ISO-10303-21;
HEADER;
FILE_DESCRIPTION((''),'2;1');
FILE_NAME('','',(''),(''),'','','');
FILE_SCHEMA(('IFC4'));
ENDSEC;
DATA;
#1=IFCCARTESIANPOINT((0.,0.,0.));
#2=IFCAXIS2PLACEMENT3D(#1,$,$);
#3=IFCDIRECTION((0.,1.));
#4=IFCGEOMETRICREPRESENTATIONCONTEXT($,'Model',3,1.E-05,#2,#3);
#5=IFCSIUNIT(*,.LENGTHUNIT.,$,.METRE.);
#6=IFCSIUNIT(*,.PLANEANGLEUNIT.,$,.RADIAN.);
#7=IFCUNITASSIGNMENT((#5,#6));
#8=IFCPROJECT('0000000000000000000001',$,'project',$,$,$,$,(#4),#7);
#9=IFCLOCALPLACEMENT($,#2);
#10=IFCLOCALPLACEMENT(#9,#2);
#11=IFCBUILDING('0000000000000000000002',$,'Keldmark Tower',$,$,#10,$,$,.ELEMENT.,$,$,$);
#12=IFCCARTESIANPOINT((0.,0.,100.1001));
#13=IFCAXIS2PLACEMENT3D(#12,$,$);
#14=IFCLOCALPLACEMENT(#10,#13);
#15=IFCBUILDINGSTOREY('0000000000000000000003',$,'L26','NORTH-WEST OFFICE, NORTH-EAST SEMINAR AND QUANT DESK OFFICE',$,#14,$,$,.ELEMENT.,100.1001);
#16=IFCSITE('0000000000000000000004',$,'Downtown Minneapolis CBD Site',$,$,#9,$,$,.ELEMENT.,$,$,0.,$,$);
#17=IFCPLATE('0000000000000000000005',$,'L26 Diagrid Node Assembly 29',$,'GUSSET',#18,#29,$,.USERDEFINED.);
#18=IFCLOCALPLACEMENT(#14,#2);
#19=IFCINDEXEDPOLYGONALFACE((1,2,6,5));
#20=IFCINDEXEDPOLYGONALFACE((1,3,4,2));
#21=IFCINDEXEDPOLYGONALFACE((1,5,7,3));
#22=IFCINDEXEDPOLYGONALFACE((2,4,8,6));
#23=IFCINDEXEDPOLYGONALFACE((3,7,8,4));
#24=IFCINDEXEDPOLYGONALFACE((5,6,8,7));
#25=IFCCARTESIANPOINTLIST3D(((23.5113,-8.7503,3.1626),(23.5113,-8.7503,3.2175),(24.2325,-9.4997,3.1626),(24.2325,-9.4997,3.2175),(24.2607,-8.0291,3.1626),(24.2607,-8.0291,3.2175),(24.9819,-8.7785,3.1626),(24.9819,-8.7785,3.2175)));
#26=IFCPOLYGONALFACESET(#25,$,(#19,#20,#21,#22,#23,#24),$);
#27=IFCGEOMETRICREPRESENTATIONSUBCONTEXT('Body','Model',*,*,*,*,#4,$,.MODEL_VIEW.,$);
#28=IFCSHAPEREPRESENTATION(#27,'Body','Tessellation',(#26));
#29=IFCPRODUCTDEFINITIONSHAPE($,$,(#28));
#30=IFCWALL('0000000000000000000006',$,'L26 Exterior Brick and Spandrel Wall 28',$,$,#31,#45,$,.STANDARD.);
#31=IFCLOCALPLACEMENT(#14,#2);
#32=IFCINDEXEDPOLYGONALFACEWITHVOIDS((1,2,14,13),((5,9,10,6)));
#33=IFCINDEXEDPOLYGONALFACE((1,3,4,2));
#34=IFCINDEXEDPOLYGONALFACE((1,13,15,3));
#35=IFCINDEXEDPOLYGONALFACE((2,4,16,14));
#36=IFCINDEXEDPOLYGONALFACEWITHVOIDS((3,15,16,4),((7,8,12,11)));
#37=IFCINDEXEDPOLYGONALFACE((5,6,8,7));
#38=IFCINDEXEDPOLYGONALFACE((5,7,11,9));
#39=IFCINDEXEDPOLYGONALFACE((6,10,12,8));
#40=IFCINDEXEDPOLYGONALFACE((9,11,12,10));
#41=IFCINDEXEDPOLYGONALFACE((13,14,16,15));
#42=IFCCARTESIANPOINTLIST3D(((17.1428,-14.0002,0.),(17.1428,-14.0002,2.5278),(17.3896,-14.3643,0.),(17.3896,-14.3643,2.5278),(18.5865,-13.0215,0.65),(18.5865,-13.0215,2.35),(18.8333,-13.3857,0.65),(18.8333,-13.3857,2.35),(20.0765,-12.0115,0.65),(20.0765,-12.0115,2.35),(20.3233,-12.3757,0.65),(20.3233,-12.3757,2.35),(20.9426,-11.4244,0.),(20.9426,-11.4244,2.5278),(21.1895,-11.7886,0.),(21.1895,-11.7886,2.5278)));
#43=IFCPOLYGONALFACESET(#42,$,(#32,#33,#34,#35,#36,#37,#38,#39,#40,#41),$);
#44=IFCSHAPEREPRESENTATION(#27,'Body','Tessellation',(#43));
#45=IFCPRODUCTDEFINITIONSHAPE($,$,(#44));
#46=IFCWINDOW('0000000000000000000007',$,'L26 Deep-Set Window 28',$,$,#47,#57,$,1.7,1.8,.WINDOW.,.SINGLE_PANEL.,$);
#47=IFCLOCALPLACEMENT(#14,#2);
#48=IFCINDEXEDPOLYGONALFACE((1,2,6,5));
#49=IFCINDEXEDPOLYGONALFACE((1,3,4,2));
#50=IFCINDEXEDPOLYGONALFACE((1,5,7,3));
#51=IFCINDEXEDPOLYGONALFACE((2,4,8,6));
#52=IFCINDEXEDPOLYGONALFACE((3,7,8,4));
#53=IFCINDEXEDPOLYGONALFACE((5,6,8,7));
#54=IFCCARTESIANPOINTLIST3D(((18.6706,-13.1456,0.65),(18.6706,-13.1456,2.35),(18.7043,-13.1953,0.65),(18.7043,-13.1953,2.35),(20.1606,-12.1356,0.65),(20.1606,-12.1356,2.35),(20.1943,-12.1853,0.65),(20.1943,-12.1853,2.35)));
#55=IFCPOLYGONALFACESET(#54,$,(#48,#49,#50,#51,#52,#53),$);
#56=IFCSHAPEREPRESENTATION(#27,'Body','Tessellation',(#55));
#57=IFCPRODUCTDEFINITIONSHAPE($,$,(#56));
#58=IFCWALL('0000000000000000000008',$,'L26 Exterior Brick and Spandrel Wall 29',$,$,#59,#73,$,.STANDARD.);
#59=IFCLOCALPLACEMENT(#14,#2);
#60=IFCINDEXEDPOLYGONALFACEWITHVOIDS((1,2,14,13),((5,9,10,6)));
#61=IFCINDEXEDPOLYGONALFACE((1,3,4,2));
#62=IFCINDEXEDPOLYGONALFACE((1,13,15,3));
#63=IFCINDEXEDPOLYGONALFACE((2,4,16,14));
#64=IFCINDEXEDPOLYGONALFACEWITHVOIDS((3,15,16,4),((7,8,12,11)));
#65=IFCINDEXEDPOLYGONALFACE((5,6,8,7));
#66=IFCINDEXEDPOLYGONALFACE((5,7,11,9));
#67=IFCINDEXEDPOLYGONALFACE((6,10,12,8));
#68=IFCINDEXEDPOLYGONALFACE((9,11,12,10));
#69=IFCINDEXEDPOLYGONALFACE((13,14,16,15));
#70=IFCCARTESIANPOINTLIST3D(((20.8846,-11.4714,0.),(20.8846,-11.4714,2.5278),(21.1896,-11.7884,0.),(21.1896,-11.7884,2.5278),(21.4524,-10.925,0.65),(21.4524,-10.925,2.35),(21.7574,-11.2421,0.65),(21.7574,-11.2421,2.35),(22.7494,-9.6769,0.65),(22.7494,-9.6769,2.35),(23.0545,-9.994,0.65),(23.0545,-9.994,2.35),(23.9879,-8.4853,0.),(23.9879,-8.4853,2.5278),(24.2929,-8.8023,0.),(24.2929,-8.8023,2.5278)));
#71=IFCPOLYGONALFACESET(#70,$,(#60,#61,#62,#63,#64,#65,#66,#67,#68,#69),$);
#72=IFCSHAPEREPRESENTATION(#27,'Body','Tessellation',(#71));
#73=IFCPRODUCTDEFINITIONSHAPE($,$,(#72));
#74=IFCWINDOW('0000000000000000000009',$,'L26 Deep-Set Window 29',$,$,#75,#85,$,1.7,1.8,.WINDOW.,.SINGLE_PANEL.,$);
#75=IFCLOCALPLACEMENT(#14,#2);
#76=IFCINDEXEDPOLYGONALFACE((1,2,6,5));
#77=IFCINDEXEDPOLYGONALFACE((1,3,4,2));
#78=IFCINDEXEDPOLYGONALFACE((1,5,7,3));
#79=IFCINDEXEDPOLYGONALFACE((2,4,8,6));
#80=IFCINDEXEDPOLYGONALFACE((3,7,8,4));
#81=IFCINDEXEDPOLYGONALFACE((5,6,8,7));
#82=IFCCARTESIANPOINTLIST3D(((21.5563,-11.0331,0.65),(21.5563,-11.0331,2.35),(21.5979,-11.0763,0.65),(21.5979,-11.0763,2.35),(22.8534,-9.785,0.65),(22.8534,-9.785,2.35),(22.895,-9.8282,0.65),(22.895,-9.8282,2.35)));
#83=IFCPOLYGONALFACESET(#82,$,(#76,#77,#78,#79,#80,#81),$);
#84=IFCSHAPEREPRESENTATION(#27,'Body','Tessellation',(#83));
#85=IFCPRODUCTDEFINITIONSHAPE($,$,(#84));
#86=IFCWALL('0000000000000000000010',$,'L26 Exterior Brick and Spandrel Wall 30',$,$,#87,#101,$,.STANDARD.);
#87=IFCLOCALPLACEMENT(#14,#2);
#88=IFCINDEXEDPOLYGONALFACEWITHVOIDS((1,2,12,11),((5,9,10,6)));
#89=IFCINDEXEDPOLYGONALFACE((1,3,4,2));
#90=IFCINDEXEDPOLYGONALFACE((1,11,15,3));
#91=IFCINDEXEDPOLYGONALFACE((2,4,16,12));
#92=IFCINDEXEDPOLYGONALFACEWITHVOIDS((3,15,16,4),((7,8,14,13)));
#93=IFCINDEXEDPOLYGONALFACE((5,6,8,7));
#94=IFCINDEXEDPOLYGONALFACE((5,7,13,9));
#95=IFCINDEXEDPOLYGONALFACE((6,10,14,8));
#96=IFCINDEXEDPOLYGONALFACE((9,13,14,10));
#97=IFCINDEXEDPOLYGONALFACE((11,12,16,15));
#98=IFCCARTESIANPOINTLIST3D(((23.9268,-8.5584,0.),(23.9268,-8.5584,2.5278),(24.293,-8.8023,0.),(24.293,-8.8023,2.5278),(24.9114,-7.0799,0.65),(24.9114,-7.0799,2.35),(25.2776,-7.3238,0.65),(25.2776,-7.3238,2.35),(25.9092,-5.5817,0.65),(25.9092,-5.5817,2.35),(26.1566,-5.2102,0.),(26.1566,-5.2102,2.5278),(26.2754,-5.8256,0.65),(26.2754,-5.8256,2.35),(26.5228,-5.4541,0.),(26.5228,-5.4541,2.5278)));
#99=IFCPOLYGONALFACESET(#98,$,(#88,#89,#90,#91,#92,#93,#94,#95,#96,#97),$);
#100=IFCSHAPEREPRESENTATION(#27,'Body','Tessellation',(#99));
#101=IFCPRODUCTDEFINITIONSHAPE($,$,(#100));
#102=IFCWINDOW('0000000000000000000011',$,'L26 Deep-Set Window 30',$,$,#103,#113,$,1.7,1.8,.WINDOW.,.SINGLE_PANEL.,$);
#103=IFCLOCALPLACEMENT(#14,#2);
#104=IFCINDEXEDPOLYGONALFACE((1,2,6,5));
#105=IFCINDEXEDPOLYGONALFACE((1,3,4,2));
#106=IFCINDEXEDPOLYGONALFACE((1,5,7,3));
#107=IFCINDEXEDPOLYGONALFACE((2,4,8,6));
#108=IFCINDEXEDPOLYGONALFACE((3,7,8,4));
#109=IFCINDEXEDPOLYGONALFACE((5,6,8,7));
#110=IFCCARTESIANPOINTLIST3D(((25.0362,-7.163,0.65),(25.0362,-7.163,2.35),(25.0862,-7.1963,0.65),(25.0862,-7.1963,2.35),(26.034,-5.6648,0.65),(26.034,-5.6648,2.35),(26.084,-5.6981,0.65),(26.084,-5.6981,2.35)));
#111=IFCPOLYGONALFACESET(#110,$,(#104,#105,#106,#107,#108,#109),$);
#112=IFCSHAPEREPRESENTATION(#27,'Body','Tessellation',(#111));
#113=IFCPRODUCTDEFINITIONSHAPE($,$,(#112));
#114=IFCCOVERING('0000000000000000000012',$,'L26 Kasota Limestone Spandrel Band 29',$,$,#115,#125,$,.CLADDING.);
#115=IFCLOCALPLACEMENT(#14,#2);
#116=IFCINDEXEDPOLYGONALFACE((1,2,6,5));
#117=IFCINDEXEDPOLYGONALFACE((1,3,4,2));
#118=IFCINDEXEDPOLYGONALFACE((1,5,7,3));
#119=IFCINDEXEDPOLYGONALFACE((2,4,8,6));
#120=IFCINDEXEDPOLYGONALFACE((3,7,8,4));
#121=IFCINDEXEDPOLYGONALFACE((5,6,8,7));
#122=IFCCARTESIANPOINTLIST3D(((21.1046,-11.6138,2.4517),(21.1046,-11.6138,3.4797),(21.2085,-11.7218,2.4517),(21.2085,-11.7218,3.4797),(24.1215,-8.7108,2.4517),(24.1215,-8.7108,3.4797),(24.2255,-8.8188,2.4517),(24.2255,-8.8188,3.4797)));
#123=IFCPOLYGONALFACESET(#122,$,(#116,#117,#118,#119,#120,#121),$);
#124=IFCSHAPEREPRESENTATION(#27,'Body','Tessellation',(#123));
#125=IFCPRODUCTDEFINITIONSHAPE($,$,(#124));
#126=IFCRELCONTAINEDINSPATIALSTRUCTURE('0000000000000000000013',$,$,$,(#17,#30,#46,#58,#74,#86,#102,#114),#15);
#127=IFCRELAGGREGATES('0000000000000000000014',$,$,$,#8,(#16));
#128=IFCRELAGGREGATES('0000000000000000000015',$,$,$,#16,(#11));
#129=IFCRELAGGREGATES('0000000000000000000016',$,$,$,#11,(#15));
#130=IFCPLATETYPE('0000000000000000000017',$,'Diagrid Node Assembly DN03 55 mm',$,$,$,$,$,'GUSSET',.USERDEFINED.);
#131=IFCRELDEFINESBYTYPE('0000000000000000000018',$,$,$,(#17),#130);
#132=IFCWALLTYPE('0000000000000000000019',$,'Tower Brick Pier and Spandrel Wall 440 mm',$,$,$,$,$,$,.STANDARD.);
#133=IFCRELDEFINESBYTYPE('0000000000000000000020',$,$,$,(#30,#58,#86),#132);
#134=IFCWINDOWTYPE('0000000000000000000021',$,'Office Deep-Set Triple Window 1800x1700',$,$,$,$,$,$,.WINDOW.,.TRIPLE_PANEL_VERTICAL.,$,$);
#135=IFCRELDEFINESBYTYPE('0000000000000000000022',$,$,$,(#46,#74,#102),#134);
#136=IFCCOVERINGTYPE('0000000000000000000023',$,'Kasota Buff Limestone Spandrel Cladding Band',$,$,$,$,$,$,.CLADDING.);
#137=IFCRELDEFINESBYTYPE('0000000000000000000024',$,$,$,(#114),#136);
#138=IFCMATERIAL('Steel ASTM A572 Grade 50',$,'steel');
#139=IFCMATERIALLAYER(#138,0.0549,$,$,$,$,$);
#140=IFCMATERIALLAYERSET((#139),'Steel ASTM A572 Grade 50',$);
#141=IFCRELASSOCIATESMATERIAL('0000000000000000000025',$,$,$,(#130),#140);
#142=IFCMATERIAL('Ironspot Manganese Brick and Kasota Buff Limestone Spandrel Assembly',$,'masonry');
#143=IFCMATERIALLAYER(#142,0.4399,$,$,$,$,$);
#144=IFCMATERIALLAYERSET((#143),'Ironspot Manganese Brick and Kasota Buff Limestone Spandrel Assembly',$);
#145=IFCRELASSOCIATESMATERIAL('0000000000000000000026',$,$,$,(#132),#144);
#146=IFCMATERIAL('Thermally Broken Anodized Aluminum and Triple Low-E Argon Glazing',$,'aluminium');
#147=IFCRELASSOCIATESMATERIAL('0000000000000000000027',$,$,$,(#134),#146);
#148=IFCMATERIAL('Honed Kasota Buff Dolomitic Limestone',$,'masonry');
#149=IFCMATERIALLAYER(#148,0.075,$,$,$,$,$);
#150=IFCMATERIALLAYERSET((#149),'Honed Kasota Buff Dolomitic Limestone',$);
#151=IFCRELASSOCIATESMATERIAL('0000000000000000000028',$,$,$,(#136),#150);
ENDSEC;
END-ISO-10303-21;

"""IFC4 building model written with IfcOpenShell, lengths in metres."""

from ifc_helpers import new_model, si_unit, direction, frame, frame_2d, origin, origin_2d, place, context, subcontext, project, spatial, rectangle, extrude, material, layer, layer_set, type_object, element, fill, save


model = new_model("IFC4")

# Units and contexts
model_context = context("Model", 3, precision=1e-05, world=origin(), true_north=direction((0.0, 1.0)))
body_context = subcontext(model_context, "Body", "Model", "MODEL_VIEW")
ifc_project = project(units=[si_unit("LENGTHUNIT", "METRE"), si_unit("PLANEANGLEUNIT", "RADIAN")], contexts=[model_context])

# Site, building, storey
site_placement = place(None, origin())
site = spatial("IfcSite", under=ifc_project, at=site_placement, Name="Downtown Minneapolis CBD Site", CompositionType="ELEMENT", RefElevation=0.0)
building_placement = place(site_placement, origin())
building = spatial("IfcBuilding", under=site, at=building_placement, Name="Keldmark Tower", CompositionType="ELEMENT")
storey_placement = place(building_placement, frame((0.0, 0.0, 100.1001)))
storey = spatial("IfcBuildingStorey", under=building, at=storey_placement, Name="L26", Description="NORTH-WEST OFFICE, NORTH-EAST SEMINAR AND QUANT DESK OFFICE", CompositionType="ELEMENT", Elevation=100.1001)

# Plate
ifc_material_1 = material(Name="Steel ASTM A572 Grade 50", Category="steel")
ifc_layer_1 = layer(ifc_material_1, 0.0549)
ifc_layer_set_1 = layer_set([ifc_layer_1], Name="Steel ASTM A572 Grade 50")
plate_type = type_object("IfcPlateType", Name="Diagrid Node Assembly DN03 55 mm", ElementType="GUSSET", PredefinedType="USERDEFINED", material=ifc_layer_set_1)
plate_placement = place(storey_placement, frame((24.2466, -8.7644, 3.1626), z_axis=(0.0, 0.0, 1.0), x_axis=(0.720551, 0.693402, 0.0)))
element("IfcPlate", 1, at=plate_placement, inside=storey, type_object=plate_type, Name="L26 Diagrid Node Assembly 29", ObjectType="GUSSET", PredefinedType="USERDEFINED", context=body_context, shape_type="SweptSolid", body=[
    extrude(rectangle(XDim=1.04, YDim=1.04, at=origin_2d()), origin(), (0.0, 0.0, 1.0), 0.0549),
])

# Walls, openings, windows
ifc_material_2 = material(Name="Ironspot Manganese Brick and Kasota Buff Limestone Spandrel Assembly", Category="masonry")
ifc_layer_2 = layer(ifc_material_2, 0.4399)
ifc_layer_set_2 = layer_set([ifc_layer_2], Name="Ironspot Manganese Brick and Kasota Buff Limestone Spandrel Assembly")
wall_type = type_object("IfcWallType", Name="Tower Brick Pier and Spandrel Wall 440 mm", PredefinedType="STANDARD", material=ifc_layer_set_2)
wall_1_placement = place(storey_placement, frame((21.0662, -11.6064, 0.0), z_axis=(0.0, 0.0, 1.0), x_axis=(-0.827755, -0.56109, 0.0)))
wall_1 = element("IfcWall", 2, at=wall_1_placement, inside=storey, type_object=wall_type, Name="L26 Exterior Brick and Spandrel Wall 28", PredefinedType="STANDARD", context=body_context, shape_type="SweptSolid", body=[
    extrude(rectangle(XDim=4.5906, YDim=0.4399, at=frame_2d((2.2954, 0.0))), origin(), (0.0, 0.0, 1.0), 2.5278),
])
opening_1_placement = place(wall_1_placement, frame((1.0466, 0.0, 0.6499)))
opening_1 = element("IfcOpeningElement", 3, at=opening_1_placement, cuts=wall_1, PredefinedType="OPENING", context=body_context, shape_type="SweptSolid", body=[
    extrude(rectangle(XDim=1.8, YDim=1.7, at=frame_2d((0.8999, 0.8501))), frame((0.0, 0.23, 0.0), z_axis=(0.0, -1.0, 0.0), x_axis=(1.0, 0.0, 0.0)), (0.0, 0.0, 1.0), 0.46),
])
ifc_material_3 = material(Name="Thermally Broken Anodized Aluminum and Triple Low-E Argon Glazing", Category="aluminium")
window_type = type_object("IfcWindowType", Name="Office Deep-Set Triple Window 1800x1700", PartitioningType="TRIPLE_PANEL_VERTICAL", PredefinedType="WINDOW", material=ifc_material_3)
window_1_placement = place(opening_1_placement, origin())
window_1 = element("IfcWindow", 4, at=window_1_placement, inside=storey, type_object=window_type, Name="L26 Deep-Set Window 28", OverallHeight=1.7, OverallWidth=1.8, PartitioningType="SINGLE_PANEL", PredefinedType="WINDOW", context=body_context, shape_type="SweptSolid", body=[
    extrude(rectangle(XDim=1.8, YDim=1.7, at=frame_2d((0.8999, 0.8501))), frame((0.0, -0.01, 0.0), z_axis=(0.0, -1.0, 0.0), x_axis=(1.0, 0.0, 0.0)), (0.0, 0.0, 1.0), 0.0601),
])
fill(opening_1, window_1)
wall_2_placement = place(storey_placement, frame((24.1404, -8.6438, 0.0), z_axis=(0.0, 0.0, 1.0), x_axis=(-0.720581, -0.69337, 0.0)))
wall_2 = element("IfcWall", 5, at=wall_2_placement, inside=storey, type_object=wall_type, Name="L26 Exterior Brick and Spandrel Wall 29", PredefinedType="STANDARD", context=body_context, shape_type="SweptSolid", body=[
    extrude(rectangle(XDim=4.3066, YDim=0.4399, at=frame_2d((2.1533, 0.0))), origin(), (0.0, 0.0, 1.0), 2.5278),
])
opening_2_placement = place(wall_2_placement, frame((1.7188, 0.0, 0.6499)))
opening_2 = element("IfcOpeningElement", 6, at=opening_2_placement, cuts=wall_2, PredefinedType="OPENING", context=body_context, shape_type="SweptSolid", body=[
    extrude(rectangle(XDim=1.8, YDim=1.7, at=frame_2d((0.8999, 0.8501))), frame((0.0, 0.23, 0.0), z_axis=(0.0, -1.0, 0.0), x_axis=(1.0, 0.0, 0.0)), (0.0, 0.0, 1.0), 0.46),
])
window_2_placement = place(opening_2_placement, origin())
window_2 = element("IfcWindow", 7, at=window_2_placement, inside=storey, type_object=window_type, Name="L26 Deep-Set Window 29", OverallHeight=1.7, OverallWidth=1.8, PartitioningType="SINGLE_PANEL", PredefinedType="WINDOW", context=body_context, shape_type="SweptSolid", body=[
    extrude(rectangle(XDim=1.8, YDim=1.7, at=frame_2d((0.8999, 0.8501))), frame((0.0, -0.01, 0.0), z_axis=(0.0, -1.0, 0.0), x_axis=(1.0, 0.0, 0.0)), (0.0, 0.0, 1.0), 0.0601),
])
fill(opening_2, window_2)
wall_3_placement = place(storey_placement, frame((26.3396, -5.3323, 0.0), z_axis=(0.0, 0.0, 1.0), x_axis=(-0.554294, -0.832321, 0.0)))
wall_3 = element("IfcWall", 8, at=wall_3_placement, inside=storey, type_object=wall_type, Name="L26 Exterior Brick and Spandrel Wall 30", PredefinedType="STANDARD", context=body_context, shape_type="SweptSolid", body=[
    extrude(rectangle(XDim=4.0227, YDim=0.4399, at=frame_2d((2.0112, 0.0))), origin(), (0.0, 0.0, 1.0), 2.5278),
])
opening_3_placement = place(wall_3_placement, frame((0.4463, 0.0, 0.6499)))
opening_3 = element("IfcOpeningElement", 9, at=opening_3_placement, cuts=wall_3, PredefinedType="OPENING", context=body_context, shape_type="SweptSolid", body=[
    extrude(rectangle(XDim=1.8, YDim=1.7, at=frame_2d((0.8999, 0.8501))), frame((0.0, 0.23, 0.0), z_axis=(0.0, -1.0, 0.0), x_axis=(1.0, 0.0, 0.0)), (0.0, 0.0, 1.0), 0.46),
])
window_3_placement = place(opening_3_placement, origin())
window_3 = element("IfcWindow", 10, at=window_3_placement, inside=storey, type_object=window_type, Name="L26 Deep-Set Window 30", OverallHeight=1.7, OverallWidth=1.8, PartitioningType="SINGLE_PANEL", PredefinedType="WINDOW", context=body_context, shape_type="SweptSolid", body=[
    extrude(rectangle(XDim=1.8, YDim=1.7, at=frame_2d((0.8999, 0.8501))), frame((0.0, -0.01, 0.0), z_axis=(0.0, -1.0, 0.0), x_axis=(1.0, 0.0, 0.0)), (0.0, 0.0, 1.0), 0.0601),
])
fill(opening_3, window_3)

# Covering
ifc_material_4 = material(Name="Honed Kasota Buff Dolomitic Limestone", Category="masonry")
ifc_layer_3 = layer(ifc_material_4, 0.075)
ifc_layer_set_3 = layer_set([ifc_layer_3], Name="Honed Kasota Buff Dolomitic Limestone")
covering_type = type_object("IfcCoveringType", Name="Kasota Buff Limestone Spandrel Cladding Band", PredefinedType="CLADDING", material=ifc_layer_set_3)
covering_placement = place(storey_placement, frame((22.665, -10.2163, 2.4517), z_axis=(0.0, 0.0, 1.0), x_axis=(0.720587, 0.693364, 0.0)))
element("IfcCovering", 11, at=covering_placement, inside=storey, type_object=covering_type, Name="L26 Kasota Limestone Spandrel Band 29", PredefinedType="CLADDING", context=body_context, shape_type="SweptSolid", body=[
    extrude(rectangle(XDim=4.1868, YDim=0.1499, at=origin_2d()), origin(), (0.0, 0.0, 1.0), 1.0281),
])

save(model, "model.ifc")
